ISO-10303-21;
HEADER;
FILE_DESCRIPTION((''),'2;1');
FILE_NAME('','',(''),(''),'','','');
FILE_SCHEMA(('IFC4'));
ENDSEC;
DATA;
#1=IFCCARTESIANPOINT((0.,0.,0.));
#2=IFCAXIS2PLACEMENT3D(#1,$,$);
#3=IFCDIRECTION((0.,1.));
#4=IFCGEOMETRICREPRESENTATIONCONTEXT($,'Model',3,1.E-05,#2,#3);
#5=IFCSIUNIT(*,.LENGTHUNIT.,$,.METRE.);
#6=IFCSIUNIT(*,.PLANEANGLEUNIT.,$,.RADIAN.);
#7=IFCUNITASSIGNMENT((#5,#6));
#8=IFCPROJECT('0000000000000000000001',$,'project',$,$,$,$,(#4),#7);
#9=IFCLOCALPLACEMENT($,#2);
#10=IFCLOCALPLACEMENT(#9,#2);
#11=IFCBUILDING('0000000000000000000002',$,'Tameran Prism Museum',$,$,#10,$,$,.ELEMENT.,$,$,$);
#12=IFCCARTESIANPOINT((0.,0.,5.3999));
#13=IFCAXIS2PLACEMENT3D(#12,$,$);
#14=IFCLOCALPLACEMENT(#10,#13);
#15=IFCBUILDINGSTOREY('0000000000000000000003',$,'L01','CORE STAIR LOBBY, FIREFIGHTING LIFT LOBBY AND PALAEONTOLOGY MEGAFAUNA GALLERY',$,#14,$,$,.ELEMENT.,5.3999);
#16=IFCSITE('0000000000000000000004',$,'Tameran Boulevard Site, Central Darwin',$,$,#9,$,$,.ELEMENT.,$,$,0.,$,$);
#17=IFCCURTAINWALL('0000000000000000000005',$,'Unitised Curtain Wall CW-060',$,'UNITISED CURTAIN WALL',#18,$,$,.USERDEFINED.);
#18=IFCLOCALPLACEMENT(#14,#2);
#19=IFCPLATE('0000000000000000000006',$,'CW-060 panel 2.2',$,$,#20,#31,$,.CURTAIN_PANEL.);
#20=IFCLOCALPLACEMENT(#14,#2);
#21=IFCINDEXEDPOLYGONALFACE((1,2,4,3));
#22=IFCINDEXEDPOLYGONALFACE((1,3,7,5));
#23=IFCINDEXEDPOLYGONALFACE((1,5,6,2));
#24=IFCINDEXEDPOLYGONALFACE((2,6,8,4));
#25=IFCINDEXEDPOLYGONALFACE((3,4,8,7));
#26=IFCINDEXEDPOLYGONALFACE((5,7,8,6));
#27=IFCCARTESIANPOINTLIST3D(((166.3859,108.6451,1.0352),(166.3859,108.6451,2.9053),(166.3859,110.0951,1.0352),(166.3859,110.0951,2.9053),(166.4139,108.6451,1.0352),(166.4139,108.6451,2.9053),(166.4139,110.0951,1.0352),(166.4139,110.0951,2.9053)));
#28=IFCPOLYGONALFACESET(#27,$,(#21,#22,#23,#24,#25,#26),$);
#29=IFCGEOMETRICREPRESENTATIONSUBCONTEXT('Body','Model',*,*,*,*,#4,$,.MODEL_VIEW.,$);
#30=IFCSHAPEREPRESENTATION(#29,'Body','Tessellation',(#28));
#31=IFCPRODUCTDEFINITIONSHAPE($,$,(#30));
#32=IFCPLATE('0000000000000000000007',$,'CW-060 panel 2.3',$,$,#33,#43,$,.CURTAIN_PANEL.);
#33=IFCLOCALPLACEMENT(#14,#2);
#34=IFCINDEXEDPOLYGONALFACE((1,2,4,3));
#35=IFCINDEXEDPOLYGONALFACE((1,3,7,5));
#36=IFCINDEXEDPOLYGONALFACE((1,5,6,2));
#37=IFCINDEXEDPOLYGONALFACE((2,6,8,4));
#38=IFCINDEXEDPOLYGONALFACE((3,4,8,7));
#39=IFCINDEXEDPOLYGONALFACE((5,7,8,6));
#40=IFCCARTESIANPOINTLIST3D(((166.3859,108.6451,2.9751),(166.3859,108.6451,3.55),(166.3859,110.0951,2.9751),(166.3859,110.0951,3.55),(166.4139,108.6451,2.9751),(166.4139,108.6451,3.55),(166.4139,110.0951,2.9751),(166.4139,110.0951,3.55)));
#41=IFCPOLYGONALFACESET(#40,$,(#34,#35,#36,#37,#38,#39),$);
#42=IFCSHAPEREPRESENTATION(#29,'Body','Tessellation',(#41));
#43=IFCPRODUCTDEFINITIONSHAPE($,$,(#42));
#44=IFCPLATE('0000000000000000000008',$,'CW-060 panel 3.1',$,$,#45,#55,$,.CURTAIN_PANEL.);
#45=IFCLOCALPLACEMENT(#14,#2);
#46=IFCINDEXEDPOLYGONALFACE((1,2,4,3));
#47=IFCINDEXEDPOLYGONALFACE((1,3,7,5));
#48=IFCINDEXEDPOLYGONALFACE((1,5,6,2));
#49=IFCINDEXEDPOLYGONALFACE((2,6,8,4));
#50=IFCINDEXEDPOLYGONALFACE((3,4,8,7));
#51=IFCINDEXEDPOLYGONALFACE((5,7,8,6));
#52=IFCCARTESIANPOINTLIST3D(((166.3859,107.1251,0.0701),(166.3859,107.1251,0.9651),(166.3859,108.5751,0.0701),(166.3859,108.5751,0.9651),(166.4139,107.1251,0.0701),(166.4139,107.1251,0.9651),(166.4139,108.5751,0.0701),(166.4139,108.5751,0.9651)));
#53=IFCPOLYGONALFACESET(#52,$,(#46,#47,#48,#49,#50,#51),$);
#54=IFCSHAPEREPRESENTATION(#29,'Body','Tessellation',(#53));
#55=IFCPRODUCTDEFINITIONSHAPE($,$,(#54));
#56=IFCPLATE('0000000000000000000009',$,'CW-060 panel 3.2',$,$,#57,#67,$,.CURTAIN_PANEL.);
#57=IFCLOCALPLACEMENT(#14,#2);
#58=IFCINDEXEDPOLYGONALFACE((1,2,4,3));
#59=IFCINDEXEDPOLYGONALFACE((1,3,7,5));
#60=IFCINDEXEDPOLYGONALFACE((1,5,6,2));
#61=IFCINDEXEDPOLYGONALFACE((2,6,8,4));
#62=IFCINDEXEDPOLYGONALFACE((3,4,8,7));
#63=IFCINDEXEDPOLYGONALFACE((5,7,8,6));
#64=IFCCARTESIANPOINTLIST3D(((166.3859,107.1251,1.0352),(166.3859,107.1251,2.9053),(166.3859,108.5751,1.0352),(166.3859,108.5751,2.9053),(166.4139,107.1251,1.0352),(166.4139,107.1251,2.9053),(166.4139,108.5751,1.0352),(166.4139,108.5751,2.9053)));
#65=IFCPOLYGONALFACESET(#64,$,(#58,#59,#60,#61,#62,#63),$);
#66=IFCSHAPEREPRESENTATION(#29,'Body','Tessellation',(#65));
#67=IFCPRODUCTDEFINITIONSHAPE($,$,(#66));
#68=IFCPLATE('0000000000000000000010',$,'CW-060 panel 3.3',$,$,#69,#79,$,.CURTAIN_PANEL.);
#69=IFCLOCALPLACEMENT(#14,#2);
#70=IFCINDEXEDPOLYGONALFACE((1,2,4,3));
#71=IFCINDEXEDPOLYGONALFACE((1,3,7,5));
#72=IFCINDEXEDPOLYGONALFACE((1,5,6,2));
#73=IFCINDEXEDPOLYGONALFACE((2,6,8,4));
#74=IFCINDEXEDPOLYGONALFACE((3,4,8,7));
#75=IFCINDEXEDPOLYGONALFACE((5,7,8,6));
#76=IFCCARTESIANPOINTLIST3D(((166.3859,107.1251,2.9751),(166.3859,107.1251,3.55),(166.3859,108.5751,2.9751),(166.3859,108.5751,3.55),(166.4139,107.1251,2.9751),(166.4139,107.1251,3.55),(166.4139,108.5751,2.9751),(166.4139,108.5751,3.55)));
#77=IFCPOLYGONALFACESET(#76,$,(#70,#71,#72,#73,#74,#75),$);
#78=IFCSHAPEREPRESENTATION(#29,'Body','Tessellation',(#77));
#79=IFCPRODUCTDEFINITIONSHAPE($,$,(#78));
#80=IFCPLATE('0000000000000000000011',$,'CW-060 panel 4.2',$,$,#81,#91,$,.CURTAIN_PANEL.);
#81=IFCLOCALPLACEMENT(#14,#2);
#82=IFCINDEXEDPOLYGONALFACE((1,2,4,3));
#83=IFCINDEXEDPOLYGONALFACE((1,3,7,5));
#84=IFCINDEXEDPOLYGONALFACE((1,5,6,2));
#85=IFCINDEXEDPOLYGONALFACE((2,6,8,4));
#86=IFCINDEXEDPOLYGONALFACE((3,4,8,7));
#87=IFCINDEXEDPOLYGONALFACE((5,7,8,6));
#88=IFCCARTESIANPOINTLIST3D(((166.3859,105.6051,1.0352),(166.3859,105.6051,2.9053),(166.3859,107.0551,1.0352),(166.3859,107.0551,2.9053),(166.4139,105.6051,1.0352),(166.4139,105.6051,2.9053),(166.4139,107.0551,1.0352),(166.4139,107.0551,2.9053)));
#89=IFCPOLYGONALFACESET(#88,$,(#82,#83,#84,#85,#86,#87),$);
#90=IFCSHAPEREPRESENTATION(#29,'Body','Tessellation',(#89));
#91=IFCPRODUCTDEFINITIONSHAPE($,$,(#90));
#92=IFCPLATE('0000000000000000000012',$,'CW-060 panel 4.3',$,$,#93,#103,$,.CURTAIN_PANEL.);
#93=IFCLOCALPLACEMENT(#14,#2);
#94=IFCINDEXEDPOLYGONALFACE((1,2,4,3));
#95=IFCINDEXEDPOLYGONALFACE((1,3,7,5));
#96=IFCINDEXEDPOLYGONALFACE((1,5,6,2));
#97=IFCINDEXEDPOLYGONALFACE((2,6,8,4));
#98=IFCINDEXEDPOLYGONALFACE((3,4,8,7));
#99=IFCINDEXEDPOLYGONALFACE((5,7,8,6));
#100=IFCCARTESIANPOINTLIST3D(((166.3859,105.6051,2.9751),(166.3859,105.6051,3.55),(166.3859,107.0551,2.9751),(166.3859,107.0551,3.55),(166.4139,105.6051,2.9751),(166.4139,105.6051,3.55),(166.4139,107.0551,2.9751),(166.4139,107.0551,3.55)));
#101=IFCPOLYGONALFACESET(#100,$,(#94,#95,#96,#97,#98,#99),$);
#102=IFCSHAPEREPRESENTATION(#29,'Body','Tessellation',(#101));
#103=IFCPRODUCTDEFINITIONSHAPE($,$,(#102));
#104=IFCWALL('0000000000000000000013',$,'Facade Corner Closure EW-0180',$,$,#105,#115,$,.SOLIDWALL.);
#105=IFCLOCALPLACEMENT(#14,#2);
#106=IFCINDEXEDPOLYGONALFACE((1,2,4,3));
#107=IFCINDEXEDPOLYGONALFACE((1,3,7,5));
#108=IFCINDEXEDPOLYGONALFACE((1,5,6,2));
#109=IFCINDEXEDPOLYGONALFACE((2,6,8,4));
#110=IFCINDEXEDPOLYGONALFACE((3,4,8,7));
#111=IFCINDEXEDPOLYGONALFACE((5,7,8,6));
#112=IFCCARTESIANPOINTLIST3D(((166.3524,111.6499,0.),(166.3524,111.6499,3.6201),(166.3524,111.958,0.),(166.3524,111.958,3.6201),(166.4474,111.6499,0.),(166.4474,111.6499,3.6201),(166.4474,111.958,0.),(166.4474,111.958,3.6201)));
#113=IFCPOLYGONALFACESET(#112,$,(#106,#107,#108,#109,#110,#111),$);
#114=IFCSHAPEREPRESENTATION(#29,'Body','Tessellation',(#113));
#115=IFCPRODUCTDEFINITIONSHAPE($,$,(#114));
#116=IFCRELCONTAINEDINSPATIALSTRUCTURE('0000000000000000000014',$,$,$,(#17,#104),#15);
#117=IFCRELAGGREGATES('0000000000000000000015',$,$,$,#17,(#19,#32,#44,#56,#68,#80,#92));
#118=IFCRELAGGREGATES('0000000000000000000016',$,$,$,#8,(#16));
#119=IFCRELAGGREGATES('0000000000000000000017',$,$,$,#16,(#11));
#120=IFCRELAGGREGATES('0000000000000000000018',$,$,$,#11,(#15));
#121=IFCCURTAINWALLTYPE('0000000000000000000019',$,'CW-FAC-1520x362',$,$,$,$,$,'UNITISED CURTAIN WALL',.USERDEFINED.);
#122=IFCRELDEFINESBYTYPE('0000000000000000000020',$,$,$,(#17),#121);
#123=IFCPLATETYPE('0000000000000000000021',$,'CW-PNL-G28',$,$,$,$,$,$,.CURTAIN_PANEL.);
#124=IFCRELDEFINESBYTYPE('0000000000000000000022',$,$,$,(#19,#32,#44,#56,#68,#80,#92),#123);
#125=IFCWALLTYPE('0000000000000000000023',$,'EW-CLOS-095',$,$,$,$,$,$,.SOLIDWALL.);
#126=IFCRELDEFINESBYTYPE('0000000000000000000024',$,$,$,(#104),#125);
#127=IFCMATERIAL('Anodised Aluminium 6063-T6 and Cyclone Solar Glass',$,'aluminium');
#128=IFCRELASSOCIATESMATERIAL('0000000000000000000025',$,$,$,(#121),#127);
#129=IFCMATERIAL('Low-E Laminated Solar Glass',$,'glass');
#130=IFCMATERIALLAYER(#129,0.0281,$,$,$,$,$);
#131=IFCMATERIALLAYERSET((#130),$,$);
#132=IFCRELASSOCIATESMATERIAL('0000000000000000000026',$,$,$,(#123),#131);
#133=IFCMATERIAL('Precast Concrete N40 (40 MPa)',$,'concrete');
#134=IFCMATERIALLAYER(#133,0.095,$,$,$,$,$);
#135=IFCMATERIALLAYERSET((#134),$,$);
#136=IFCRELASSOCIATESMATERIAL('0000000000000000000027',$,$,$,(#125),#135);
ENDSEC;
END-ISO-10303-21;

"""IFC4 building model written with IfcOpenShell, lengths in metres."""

from ifc_helpers import new_model, si_unit, direction, frame, frame_2d, origin, origin_2d, place, context, subcontext, project, spatial, rectangle, extrude, material, layer, layer_set, type_object, element, aggregate, save


model = new_model("IFC4")

# Units and contexts
model_context = context("Model", 3, precision=1e-05, world=origin(), true_north=direction((0.0, 1.0)))
body_context = subcontext(model_context, "Body", "Model", "MODEL_VIEW")
ifc_project = project(units=[si_unit("LENGTHUNIT", "METRE"), si_unit("PLANEANGLEUNIT", "RADIAN")], contexts=[model_context])

# Site, building, storey
site_placement = place(None, origin())
site = spatial("IfcSite", under=ifc_project, at=site_placement, Name="Tameran Boulevard Site, Central Darwin", CompositionType="ELEMENT", RefElevation=0.0)
building_placement = place(site_placement, origin())
building = spatial("IfcBuilding", under=site, at=building_placement, Name="Tameran Prism Museum", CompositionType="ELEMENT")
storey_placement = place(building_placement, frame((0.0, 0.0, 5.3999)))
storey = spatial("IfcBuildingStorey", under=building, at=storey_placement, Name="L01", Description="CORE STAIR LOBBY, FIREFIGHTING LIFT LOBBY AND PALAEONTOLOGY MEGAFAUNA GALLERY", CompositionType="ELEMENT", Elevation=5.3999)

# Curtain wall, plates
ifc_material_1 = material(Name="Anodised Aluminium 6063-T6 and Cyclone Solar Glass", Category="aluminium")
curtain_wall_type = type_object("IfcCurtainWallType", Name="CW-FAC-1520x362", ElementType="UNITISED CURTAIN WALL", PredefinedType="USERDEFINED", material=ifc_material_1)
curtain_wall_placement = place(storey_placement, origin())
curtain_wall = element("IfcCurtainWall", 1, at=curtain_wall_placement, inside=storey, type_object=curtain_wall_type, Name="Unitised Curtain Wall CW-060", ObjectType="UNITISED CURTAIN WALL", PredefinedType="USERDEFINED")
ifc_material_2 = material(Name="Low-E Laminated Solar Glass", Category="glass")
ifc_layer_1 = layer(ifc_material_2, 0.0281)
ifc_layer_set_1 = layer_set([ifc_layer_1])
plate_type = type_object("IfcPlateType", Name="CW-PNL-G28", PredefinedType="CURTAIN_PANEL", material=ifc_layer_set_1)
plate_1_placement = place(storey_placement, frame((166.3999, 109.3701, 1.0352), z_axis=(0.0, 0.0, 1.0), x_axis=(0.0, -1.0, 0.0)))
plate_1 = element("IfcPlate", 2, at=plate_1_placement, type_object=plate_type, Name="CW-060 panel 2.2", PredefinedType="CURTAIN_PANEL", context=body_context, shape_type="SweptSolid", body=[
    extrude(rectangle(XDim=1.45, YDim=0.0281, at=origin_2d()), origin(), (0.0, 0.0, 1.0), 1.8701),
])
plate_2_placement = place(storey_placement, frame((166.3999, 109.3701, 2.9751), z_axis=(0.0, 0.0, 1.0), x_axis=(0.0, -1.0, 0.0)))
plate_2 = element("IfcPlate", 3, at=plate_2_placement, type_object=plate_type, Name="CW-060 panel 2.3", PredefinedType="CURTAIN_PANEL", context=body_context, shape_type="SweptSolid", body=[
    extrude(rectangle(XDim=1.45, YDim=0.0281, at=origin_2d()), origin(), (0.0, 0.0, 1.0), 0.575),
])
plate_3_placement = place(storey_placement, frame((166.3999, 107.8501, 0.0701), z_axis=(0.0, 0.0, 1.0), x_axis=(0.0, -1.0, 0.0)))
plate_3 = element("IfcPlate", 4, at=plate_3_placement, type_object=plate_type, Name="CW-060 panel 3.1", PredefinedType="CURTAIN_PANEL", context=body_context, shape_type="SweptSolid", body=[
    extrude(rectangle(XDim=1.45, YDim=0.0281, at=origin_2d()), origin(), (0.0, 0.0, 1.0), 0.895),
])
plate_4_placement = place(storey_placement, frame((166.3999, 107.8501, 1.0352), z_axis=(0.0, 0.0, 1.0), x_axis=(0.0, -1.0, 0.0)))
plate_4 = element("IfcPlate", 5, at=plate_4_placement, type_object=plate_type, Name="CW-060 panel 3.2", PredefinedType="CURTAIN_PANEL", context=body_context, shape_type="SweptSolid", body=[
    extrude(rectangle(XDim=1.45, YDim=0.0281, at=origin_2d()), origin(), (0.0, 0.0, 1.0), 1.8701),
])
plate_5_placement = place(storey_placement, frame((166.3999, 107.8501, 2.9751), z_axis=(0.0, 0.0, 1.0), x_axis=(0.0, -1.0, 0.0)))
plate_5 = element("IfcPlate", 6, at=plate_5_placement, type_object=plate_type, Name="CW-060 panel 3.3", PredefinedType="CURTAIN_PANEL", context=body_context, shape_type="SweptSolid", body=[
    extrude(rectangle(XDim=1.45, YDim=0.0281, at=origin_2d()), origin(), (0.0, 0.0, 1.0), 0.575),
])
plate_6_placement = place(storey_placement, frame((166.3999, 106.3301, 1.0352), z_axis=(0.0, 0.0, 1.0), x_axis=(0.0, -1.0, 0.0)))
plate_6 = element("IfcPlate", 7, at=plate_6_placement, type_object=plate_type, Name="CW-060 panel 4.2", PredefinedType="CURTAIN_PANEL", context=body_context, shape_type="SweptSolid", body=[
    extrude(rectangle(XDim=1.45, YDim=0.0281, at=origin_2d()), origin(), (0.0, 0.0, 1.0), 1.8701),
])
plate_7_placement = place(storey_placement, frame((166.3999, 106.3301, 2.9751), z_axis=(0.0, 0.0, 1.0), x_axis=(0.0, -1.0, 0.0)))
plate_7 = element("IfcPlate", 8, at=plate_7_placement, type_object=plate_type, Name="CW-060 panel 4.3", PredefinedType="CURTAIN_PANEL", context=body_context, shape_type="SweptSolid", body=[
    extrude(rectangle(XDim=1.45, YDim=0.0281, at=origin_2d()), origin(), (0.0, 0.0, 1.0), 0.575),
])
aggregate(curtain_wall, [plate_1, plate_2, plate_3, plate_4, plate_5, plate_6, plate_7])

# Wall
ifc_material_3 = material(Name="Precast Concrete N40 (40 MPa)", Category="concrete")
ifc_layer_2 = layer(ifc_material_3, 0.095)
ifc_layer_set_2 = layer_set([ifc_layer_2])
wall_type = type_object("IfcWallType", Name="EW-CLOS-095", PredefinedType="SOLIDWALL", material=ifc_layer_set_2)
wall_placement = place(storey_placement, frame((166.3999, 111.958, 0.0), z_axis=(0.0, 0.0, 1.0), x_axis=(0.0, -1.0, 0.0)))
element("IfcWall", 9, at=wall_placement, inside=storey, type_object=wall_type, Name="Facade Corner Closure EW-0180", PredefinedType="SOLIDWALL", context=body_context, shape_type="SweptSolid", body=[
    extrude(rectangle(XDim=0.3081, YDim=0.095, at=frame_2d((0.1541, 0.0))), origin(), (0.0, 0.0, 1.0), 3.6201),
])

save(model, "model.ifc")
